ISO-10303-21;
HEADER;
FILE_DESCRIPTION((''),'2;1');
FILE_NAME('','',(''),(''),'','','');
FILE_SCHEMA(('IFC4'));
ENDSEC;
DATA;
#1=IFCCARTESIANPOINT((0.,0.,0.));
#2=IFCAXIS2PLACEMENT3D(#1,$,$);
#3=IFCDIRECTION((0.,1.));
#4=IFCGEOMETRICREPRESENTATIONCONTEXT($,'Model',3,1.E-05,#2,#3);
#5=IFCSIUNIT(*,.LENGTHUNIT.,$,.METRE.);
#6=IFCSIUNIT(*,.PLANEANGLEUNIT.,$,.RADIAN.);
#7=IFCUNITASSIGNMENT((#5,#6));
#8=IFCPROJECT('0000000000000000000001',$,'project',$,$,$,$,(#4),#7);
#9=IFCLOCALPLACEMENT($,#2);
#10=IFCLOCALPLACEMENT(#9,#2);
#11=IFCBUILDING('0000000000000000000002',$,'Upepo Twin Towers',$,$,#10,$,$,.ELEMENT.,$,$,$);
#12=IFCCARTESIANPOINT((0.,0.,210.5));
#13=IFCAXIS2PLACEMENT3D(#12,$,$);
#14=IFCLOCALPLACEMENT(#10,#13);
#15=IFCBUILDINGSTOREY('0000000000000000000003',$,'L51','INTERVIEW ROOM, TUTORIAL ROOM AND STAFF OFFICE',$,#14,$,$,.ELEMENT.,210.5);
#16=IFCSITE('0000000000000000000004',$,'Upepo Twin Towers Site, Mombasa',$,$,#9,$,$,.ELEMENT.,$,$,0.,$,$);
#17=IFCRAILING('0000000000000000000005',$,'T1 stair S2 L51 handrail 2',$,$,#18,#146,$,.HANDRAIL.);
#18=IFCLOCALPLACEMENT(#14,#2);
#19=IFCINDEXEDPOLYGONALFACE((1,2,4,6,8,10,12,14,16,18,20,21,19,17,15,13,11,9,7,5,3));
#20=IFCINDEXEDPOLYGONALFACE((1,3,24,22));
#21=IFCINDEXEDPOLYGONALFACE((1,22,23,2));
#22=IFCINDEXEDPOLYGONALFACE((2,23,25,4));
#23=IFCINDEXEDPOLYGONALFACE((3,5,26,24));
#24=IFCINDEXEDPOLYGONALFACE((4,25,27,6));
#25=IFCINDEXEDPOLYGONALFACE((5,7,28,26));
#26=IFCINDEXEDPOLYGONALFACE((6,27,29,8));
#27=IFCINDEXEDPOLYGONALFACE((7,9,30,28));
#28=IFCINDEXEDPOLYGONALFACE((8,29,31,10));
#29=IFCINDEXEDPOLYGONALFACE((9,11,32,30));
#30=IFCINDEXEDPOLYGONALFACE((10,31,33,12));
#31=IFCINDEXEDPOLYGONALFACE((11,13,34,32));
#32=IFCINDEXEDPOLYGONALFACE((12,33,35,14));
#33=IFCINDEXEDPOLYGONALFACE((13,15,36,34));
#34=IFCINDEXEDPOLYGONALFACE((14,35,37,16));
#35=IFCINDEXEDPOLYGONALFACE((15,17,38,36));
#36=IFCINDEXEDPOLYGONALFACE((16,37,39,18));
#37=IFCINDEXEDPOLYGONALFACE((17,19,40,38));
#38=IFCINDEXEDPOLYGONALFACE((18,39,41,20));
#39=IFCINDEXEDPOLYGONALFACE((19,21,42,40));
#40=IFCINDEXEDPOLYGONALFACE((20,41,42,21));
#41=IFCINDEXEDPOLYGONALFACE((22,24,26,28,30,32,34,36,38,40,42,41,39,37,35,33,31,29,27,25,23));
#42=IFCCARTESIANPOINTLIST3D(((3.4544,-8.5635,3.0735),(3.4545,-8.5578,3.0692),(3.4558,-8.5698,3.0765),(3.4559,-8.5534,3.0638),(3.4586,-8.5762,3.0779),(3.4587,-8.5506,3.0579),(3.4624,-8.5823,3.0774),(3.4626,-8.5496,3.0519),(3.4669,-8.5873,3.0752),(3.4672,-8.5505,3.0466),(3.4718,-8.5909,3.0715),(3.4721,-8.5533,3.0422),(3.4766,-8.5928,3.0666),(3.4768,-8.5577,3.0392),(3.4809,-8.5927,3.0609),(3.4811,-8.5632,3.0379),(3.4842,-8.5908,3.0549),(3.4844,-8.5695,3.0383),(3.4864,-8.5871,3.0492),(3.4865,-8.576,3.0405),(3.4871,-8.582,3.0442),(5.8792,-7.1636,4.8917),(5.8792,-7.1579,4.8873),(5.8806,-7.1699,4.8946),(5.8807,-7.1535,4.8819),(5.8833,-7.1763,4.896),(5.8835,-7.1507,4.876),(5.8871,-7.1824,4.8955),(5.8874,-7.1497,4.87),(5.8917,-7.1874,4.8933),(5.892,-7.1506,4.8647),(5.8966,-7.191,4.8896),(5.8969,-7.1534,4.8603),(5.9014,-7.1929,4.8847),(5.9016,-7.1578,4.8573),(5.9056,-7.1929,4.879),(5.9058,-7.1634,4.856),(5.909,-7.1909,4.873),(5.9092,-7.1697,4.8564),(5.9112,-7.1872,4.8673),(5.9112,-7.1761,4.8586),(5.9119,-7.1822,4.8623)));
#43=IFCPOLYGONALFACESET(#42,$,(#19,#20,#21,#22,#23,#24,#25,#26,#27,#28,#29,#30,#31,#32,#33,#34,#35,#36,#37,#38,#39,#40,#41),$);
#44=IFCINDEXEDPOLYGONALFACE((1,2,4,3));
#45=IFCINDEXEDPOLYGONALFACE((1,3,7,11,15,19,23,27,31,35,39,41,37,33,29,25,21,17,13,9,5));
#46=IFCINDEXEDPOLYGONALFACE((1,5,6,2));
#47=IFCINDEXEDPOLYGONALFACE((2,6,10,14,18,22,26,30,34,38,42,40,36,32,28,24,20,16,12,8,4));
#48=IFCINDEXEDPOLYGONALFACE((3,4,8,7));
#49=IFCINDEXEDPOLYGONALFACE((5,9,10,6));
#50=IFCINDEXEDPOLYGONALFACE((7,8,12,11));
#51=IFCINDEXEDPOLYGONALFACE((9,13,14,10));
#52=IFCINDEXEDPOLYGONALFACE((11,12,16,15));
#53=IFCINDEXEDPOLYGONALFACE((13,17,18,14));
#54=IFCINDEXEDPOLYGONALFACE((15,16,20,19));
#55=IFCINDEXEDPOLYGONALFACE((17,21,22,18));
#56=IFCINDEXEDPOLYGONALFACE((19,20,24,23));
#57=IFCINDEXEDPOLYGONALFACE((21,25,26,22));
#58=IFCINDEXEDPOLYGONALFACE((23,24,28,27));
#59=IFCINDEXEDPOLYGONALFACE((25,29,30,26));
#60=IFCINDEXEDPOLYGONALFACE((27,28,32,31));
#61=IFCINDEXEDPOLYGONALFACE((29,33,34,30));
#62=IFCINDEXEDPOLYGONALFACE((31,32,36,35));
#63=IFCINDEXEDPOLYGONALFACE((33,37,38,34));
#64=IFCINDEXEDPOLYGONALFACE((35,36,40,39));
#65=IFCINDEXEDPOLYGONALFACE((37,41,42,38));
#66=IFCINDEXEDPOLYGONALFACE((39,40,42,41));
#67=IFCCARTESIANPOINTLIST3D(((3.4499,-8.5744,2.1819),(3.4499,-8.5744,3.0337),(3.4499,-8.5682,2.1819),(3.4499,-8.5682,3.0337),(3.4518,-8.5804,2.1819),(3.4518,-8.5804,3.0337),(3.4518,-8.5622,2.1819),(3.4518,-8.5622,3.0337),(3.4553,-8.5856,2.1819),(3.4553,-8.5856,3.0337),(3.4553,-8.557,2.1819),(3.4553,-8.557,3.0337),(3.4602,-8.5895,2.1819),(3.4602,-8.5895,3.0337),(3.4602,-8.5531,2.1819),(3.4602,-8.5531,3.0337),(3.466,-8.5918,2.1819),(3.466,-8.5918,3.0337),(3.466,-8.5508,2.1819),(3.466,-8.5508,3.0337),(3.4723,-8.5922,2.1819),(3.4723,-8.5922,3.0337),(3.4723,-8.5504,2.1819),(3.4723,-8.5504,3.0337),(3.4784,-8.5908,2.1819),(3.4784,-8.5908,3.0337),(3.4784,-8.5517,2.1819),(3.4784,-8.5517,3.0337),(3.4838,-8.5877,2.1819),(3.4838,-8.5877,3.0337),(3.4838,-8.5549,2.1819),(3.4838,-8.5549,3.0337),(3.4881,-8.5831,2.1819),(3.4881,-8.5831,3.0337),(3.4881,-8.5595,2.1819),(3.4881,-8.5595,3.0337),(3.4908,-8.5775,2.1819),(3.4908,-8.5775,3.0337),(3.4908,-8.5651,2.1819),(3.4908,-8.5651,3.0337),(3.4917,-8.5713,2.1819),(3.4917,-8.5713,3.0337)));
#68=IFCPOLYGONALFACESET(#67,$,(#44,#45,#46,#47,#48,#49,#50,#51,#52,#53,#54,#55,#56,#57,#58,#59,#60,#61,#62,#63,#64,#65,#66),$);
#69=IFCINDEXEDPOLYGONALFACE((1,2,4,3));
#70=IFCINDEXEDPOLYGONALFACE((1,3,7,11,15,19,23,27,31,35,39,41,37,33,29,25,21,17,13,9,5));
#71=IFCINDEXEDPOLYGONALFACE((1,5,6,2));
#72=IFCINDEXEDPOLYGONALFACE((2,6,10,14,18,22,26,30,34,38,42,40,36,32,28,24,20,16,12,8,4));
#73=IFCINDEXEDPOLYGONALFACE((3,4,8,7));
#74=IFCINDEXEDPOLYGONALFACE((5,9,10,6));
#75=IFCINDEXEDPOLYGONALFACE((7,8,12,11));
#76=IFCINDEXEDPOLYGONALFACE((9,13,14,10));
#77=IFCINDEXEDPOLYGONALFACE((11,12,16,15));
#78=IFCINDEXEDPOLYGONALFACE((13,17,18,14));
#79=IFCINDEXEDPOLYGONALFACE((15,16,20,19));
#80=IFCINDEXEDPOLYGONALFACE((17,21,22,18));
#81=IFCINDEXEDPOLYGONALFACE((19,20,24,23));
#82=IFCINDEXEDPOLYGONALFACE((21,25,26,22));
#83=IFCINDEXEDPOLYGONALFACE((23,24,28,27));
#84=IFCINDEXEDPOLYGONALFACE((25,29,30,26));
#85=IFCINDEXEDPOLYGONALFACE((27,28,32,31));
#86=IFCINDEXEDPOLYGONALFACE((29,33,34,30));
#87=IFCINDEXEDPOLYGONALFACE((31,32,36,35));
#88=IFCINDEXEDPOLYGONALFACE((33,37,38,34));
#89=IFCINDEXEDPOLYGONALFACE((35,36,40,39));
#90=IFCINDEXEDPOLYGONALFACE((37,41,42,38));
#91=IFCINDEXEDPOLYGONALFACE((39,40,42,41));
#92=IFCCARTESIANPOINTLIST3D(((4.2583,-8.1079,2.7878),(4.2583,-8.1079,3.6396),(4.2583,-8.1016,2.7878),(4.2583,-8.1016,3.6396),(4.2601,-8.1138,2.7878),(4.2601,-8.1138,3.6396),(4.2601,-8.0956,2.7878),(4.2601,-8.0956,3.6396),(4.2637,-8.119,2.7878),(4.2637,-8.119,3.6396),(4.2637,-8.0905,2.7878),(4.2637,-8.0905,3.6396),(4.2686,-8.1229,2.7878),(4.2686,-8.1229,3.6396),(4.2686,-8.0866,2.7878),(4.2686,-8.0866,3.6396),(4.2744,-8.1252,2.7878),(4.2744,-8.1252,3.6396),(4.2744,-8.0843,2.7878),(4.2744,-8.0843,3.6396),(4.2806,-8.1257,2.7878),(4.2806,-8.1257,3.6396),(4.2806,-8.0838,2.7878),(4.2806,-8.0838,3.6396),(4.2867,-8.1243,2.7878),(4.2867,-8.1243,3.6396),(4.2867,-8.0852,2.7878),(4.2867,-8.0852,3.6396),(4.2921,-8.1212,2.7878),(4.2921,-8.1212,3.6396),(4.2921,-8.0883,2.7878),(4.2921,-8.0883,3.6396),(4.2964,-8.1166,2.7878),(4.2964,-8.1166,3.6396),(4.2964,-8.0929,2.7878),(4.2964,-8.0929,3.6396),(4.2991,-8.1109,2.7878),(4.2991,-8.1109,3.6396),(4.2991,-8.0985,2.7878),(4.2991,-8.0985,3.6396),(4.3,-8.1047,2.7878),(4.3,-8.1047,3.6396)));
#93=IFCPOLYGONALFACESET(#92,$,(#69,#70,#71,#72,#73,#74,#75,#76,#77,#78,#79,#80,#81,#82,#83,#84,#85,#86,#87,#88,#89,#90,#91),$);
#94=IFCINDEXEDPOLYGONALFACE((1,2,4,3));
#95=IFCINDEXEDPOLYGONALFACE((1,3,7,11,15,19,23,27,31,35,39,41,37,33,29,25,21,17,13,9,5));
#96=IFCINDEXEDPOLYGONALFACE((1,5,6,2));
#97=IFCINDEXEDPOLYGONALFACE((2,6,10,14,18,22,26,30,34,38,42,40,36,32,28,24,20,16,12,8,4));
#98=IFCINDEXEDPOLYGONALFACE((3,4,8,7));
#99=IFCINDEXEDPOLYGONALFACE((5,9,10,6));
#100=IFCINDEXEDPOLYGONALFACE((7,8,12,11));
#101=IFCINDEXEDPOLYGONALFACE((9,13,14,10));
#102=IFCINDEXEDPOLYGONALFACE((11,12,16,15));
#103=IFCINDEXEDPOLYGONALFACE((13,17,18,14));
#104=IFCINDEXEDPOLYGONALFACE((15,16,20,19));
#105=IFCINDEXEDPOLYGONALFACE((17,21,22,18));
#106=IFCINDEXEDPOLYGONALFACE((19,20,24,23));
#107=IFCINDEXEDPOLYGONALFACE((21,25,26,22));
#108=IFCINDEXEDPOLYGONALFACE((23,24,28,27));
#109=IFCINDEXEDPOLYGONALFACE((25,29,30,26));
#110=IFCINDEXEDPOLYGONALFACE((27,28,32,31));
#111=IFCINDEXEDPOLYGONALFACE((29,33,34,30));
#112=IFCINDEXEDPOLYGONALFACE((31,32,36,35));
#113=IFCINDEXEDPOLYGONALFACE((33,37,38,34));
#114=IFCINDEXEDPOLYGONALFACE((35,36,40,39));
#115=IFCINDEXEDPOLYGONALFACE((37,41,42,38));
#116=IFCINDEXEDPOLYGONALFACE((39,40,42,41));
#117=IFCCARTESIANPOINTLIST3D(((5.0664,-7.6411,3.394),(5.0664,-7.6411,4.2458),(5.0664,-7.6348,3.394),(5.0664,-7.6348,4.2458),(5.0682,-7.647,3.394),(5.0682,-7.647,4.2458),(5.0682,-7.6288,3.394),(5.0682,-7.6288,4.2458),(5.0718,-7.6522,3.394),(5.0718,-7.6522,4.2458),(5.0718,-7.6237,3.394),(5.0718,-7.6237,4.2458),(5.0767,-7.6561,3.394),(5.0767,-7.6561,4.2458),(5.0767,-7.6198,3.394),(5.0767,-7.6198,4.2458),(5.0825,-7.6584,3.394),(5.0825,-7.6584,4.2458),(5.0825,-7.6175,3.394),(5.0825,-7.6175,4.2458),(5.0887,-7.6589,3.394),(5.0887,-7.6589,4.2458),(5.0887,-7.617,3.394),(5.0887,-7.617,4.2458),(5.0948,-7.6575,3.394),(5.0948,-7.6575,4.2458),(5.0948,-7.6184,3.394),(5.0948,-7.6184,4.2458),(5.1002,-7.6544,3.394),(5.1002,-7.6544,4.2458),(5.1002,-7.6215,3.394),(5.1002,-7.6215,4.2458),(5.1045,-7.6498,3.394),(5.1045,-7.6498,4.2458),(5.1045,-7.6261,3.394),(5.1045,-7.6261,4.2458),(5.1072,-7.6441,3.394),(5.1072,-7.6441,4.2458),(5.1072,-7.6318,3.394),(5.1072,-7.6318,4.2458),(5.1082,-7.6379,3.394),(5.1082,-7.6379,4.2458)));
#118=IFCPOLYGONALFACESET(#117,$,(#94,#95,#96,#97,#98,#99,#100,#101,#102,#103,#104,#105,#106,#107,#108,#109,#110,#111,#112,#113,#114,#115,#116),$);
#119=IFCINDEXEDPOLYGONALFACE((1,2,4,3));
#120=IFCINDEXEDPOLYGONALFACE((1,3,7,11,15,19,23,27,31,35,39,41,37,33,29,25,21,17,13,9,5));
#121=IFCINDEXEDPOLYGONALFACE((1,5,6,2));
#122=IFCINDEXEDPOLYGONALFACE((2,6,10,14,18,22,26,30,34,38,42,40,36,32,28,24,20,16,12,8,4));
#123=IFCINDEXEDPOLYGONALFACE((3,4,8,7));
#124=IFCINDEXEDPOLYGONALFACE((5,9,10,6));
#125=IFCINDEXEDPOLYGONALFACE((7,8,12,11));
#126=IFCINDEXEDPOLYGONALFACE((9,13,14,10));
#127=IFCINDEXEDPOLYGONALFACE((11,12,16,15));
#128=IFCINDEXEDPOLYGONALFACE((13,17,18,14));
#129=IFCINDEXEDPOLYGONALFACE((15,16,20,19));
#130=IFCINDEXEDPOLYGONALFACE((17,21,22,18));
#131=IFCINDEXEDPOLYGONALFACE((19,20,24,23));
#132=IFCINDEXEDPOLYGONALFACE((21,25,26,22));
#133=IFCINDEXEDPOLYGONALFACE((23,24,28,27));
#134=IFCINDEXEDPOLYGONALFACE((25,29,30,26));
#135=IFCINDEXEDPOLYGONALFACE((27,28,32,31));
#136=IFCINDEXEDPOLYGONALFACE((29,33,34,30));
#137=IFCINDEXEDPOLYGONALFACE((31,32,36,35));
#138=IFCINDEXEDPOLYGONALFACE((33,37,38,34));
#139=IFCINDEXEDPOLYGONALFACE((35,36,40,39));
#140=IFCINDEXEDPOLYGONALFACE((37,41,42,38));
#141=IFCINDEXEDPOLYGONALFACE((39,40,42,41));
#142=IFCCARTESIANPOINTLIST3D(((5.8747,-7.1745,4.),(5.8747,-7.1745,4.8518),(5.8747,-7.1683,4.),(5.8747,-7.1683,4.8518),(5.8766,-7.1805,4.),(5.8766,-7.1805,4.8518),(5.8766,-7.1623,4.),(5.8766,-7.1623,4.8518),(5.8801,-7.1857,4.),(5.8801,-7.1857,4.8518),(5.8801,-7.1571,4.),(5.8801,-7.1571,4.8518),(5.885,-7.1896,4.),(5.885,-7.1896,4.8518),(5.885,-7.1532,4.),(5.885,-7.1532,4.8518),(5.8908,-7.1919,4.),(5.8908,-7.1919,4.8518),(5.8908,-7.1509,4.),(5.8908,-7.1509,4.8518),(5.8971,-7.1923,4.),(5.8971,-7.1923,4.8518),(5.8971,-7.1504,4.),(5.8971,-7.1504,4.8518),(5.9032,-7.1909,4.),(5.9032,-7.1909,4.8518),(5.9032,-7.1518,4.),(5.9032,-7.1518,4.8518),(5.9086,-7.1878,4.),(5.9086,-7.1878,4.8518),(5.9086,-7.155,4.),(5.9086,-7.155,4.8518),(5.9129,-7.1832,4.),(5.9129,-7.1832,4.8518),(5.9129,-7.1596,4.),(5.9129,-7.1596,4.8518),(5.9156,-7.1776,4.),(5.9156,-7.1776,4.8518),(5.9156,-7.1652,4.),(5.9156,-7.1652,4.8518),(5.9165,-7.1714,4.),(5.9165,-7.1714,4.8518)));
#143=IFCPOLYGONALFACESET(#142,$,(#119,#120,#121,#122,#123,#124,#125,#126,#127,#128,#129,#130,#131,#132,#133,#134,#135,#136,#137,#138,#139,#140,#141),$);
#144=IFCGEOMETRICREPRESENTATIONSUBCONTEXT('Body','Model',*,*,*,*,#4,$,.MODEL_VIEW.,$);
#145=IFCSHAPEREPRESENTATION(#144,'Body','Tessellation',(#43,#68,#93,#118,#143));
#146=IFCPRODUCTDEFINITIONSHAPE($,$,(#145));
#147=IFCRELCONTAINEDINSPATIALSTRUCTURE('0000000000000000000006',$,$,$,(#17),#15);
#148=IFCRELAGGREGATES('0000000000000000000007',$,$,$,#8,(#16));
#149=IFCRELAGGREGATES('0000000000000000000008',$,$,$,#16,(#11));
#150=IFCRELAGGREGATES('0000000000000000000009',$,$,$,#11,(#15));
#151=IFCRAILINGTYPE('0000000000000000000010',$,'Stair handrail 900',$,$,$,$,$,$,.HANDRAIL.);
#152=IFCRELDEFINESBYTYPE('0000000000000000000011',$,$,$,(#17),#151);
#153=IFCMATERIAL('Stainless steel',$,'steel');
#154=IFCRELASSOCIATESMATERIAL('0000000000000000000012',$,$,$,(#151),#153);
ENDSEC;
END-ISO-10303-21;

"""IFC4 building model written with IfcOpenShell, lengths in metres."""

from ifc_helpers import new_model, si_unit, direction, frame, origin, origin_2d, place, context, subcontext, project, spatial, circle, extrude, material, type_object, element, save


model = new_model("IFC4")

# Units and contexts
model_context = context("Model", 3, precision=1e-05, world=origin(), true_north=direction((0.0, 1.0)))
body_context = subcontext(model_context, "Body", "Model", "MODEL_VIEW")
ifc_project = project(units=[si_unit("LENGTHUNIT", "METRE"), si_unit("PLANEANGLEUNIT", "RADIAN")], contexts=[model_context])

# Site, building, storey
site_placement = place(None, origin())
site = spatial("IfcSite", under=ifc_project, at=site_placement, Name="Upepo Twin Towers Site, Mombasa", CompositionType="ELEMENT", RefElevation=0.0)
building_placement = place(site_placement, origin())
building = spatial("IfcBuilding", under=site, at=building_placement, Name="Upepo Twin Towers", CompositionType="ELEMENT")
storey_placement = place(building_placement, frame((0.0, 0.0, 210.5)))
storey = spatial("IfcBuildingStorey", under=building, at=storey_placement, Name="L51", Description="INTERVIEW ROOM, TUTORIAL ROOM AND STAFF OFFICE", CompositionType="ELEMENT", Elevation=210.5)

# Railing
ifc_material_1 = material(Name="Stainless steel", Category="steel")
railing_type = type_object("IfcRailingType", Name="Stair handrail 900", PredefinedType="HANDRAIL", material=ifc_material_1)
railing_1_placement = place(storey_placement, frame((3.4707, -8.5713, 2.1819)))
element("IfcRailing", 1, at=railing_1_placement, inside=storey, type_object=railing_type, Name="T1 stair S2 L51 handrail 2", PredefinedType="HANDRAIL", context=body_context, shape_type="SweptSolid", body=[
    extrude(circle(Radius=0.0239, at=origin_2d()), frame((0.0, 0.0, 0.876), z_axis=(0.726336, 0.419333, 0.544606), x_axis=(-0.499984, 0.866035, 0.0)), (0.0, 0.0, 1.0), 3.3384),
    extrude(circle(Radius=0.021, at=origin_2d()), origin(), (0.0, 0.0, 1.0), 0.8518),
    extrude(circle(Radius=0.021, at=origin_2d()), frame((0.8083, 0.4666, 0.606)), (0.0, 0.0, 1.0), 0.8518),
    extrude(circle(Radius=0.021, at=origin_2d()), frame((1.6165, 0.9333, 1.2122)), (0.0, 0.0, 1.0), 0.8518),
    extrude(circle(Radius=0.021, at=origin_2d()), frame((2.4248, 1.3999, 1.8181)), (0.0, 0.0, 1.0), 0.8518),
])

save(model, "model.ifc")
